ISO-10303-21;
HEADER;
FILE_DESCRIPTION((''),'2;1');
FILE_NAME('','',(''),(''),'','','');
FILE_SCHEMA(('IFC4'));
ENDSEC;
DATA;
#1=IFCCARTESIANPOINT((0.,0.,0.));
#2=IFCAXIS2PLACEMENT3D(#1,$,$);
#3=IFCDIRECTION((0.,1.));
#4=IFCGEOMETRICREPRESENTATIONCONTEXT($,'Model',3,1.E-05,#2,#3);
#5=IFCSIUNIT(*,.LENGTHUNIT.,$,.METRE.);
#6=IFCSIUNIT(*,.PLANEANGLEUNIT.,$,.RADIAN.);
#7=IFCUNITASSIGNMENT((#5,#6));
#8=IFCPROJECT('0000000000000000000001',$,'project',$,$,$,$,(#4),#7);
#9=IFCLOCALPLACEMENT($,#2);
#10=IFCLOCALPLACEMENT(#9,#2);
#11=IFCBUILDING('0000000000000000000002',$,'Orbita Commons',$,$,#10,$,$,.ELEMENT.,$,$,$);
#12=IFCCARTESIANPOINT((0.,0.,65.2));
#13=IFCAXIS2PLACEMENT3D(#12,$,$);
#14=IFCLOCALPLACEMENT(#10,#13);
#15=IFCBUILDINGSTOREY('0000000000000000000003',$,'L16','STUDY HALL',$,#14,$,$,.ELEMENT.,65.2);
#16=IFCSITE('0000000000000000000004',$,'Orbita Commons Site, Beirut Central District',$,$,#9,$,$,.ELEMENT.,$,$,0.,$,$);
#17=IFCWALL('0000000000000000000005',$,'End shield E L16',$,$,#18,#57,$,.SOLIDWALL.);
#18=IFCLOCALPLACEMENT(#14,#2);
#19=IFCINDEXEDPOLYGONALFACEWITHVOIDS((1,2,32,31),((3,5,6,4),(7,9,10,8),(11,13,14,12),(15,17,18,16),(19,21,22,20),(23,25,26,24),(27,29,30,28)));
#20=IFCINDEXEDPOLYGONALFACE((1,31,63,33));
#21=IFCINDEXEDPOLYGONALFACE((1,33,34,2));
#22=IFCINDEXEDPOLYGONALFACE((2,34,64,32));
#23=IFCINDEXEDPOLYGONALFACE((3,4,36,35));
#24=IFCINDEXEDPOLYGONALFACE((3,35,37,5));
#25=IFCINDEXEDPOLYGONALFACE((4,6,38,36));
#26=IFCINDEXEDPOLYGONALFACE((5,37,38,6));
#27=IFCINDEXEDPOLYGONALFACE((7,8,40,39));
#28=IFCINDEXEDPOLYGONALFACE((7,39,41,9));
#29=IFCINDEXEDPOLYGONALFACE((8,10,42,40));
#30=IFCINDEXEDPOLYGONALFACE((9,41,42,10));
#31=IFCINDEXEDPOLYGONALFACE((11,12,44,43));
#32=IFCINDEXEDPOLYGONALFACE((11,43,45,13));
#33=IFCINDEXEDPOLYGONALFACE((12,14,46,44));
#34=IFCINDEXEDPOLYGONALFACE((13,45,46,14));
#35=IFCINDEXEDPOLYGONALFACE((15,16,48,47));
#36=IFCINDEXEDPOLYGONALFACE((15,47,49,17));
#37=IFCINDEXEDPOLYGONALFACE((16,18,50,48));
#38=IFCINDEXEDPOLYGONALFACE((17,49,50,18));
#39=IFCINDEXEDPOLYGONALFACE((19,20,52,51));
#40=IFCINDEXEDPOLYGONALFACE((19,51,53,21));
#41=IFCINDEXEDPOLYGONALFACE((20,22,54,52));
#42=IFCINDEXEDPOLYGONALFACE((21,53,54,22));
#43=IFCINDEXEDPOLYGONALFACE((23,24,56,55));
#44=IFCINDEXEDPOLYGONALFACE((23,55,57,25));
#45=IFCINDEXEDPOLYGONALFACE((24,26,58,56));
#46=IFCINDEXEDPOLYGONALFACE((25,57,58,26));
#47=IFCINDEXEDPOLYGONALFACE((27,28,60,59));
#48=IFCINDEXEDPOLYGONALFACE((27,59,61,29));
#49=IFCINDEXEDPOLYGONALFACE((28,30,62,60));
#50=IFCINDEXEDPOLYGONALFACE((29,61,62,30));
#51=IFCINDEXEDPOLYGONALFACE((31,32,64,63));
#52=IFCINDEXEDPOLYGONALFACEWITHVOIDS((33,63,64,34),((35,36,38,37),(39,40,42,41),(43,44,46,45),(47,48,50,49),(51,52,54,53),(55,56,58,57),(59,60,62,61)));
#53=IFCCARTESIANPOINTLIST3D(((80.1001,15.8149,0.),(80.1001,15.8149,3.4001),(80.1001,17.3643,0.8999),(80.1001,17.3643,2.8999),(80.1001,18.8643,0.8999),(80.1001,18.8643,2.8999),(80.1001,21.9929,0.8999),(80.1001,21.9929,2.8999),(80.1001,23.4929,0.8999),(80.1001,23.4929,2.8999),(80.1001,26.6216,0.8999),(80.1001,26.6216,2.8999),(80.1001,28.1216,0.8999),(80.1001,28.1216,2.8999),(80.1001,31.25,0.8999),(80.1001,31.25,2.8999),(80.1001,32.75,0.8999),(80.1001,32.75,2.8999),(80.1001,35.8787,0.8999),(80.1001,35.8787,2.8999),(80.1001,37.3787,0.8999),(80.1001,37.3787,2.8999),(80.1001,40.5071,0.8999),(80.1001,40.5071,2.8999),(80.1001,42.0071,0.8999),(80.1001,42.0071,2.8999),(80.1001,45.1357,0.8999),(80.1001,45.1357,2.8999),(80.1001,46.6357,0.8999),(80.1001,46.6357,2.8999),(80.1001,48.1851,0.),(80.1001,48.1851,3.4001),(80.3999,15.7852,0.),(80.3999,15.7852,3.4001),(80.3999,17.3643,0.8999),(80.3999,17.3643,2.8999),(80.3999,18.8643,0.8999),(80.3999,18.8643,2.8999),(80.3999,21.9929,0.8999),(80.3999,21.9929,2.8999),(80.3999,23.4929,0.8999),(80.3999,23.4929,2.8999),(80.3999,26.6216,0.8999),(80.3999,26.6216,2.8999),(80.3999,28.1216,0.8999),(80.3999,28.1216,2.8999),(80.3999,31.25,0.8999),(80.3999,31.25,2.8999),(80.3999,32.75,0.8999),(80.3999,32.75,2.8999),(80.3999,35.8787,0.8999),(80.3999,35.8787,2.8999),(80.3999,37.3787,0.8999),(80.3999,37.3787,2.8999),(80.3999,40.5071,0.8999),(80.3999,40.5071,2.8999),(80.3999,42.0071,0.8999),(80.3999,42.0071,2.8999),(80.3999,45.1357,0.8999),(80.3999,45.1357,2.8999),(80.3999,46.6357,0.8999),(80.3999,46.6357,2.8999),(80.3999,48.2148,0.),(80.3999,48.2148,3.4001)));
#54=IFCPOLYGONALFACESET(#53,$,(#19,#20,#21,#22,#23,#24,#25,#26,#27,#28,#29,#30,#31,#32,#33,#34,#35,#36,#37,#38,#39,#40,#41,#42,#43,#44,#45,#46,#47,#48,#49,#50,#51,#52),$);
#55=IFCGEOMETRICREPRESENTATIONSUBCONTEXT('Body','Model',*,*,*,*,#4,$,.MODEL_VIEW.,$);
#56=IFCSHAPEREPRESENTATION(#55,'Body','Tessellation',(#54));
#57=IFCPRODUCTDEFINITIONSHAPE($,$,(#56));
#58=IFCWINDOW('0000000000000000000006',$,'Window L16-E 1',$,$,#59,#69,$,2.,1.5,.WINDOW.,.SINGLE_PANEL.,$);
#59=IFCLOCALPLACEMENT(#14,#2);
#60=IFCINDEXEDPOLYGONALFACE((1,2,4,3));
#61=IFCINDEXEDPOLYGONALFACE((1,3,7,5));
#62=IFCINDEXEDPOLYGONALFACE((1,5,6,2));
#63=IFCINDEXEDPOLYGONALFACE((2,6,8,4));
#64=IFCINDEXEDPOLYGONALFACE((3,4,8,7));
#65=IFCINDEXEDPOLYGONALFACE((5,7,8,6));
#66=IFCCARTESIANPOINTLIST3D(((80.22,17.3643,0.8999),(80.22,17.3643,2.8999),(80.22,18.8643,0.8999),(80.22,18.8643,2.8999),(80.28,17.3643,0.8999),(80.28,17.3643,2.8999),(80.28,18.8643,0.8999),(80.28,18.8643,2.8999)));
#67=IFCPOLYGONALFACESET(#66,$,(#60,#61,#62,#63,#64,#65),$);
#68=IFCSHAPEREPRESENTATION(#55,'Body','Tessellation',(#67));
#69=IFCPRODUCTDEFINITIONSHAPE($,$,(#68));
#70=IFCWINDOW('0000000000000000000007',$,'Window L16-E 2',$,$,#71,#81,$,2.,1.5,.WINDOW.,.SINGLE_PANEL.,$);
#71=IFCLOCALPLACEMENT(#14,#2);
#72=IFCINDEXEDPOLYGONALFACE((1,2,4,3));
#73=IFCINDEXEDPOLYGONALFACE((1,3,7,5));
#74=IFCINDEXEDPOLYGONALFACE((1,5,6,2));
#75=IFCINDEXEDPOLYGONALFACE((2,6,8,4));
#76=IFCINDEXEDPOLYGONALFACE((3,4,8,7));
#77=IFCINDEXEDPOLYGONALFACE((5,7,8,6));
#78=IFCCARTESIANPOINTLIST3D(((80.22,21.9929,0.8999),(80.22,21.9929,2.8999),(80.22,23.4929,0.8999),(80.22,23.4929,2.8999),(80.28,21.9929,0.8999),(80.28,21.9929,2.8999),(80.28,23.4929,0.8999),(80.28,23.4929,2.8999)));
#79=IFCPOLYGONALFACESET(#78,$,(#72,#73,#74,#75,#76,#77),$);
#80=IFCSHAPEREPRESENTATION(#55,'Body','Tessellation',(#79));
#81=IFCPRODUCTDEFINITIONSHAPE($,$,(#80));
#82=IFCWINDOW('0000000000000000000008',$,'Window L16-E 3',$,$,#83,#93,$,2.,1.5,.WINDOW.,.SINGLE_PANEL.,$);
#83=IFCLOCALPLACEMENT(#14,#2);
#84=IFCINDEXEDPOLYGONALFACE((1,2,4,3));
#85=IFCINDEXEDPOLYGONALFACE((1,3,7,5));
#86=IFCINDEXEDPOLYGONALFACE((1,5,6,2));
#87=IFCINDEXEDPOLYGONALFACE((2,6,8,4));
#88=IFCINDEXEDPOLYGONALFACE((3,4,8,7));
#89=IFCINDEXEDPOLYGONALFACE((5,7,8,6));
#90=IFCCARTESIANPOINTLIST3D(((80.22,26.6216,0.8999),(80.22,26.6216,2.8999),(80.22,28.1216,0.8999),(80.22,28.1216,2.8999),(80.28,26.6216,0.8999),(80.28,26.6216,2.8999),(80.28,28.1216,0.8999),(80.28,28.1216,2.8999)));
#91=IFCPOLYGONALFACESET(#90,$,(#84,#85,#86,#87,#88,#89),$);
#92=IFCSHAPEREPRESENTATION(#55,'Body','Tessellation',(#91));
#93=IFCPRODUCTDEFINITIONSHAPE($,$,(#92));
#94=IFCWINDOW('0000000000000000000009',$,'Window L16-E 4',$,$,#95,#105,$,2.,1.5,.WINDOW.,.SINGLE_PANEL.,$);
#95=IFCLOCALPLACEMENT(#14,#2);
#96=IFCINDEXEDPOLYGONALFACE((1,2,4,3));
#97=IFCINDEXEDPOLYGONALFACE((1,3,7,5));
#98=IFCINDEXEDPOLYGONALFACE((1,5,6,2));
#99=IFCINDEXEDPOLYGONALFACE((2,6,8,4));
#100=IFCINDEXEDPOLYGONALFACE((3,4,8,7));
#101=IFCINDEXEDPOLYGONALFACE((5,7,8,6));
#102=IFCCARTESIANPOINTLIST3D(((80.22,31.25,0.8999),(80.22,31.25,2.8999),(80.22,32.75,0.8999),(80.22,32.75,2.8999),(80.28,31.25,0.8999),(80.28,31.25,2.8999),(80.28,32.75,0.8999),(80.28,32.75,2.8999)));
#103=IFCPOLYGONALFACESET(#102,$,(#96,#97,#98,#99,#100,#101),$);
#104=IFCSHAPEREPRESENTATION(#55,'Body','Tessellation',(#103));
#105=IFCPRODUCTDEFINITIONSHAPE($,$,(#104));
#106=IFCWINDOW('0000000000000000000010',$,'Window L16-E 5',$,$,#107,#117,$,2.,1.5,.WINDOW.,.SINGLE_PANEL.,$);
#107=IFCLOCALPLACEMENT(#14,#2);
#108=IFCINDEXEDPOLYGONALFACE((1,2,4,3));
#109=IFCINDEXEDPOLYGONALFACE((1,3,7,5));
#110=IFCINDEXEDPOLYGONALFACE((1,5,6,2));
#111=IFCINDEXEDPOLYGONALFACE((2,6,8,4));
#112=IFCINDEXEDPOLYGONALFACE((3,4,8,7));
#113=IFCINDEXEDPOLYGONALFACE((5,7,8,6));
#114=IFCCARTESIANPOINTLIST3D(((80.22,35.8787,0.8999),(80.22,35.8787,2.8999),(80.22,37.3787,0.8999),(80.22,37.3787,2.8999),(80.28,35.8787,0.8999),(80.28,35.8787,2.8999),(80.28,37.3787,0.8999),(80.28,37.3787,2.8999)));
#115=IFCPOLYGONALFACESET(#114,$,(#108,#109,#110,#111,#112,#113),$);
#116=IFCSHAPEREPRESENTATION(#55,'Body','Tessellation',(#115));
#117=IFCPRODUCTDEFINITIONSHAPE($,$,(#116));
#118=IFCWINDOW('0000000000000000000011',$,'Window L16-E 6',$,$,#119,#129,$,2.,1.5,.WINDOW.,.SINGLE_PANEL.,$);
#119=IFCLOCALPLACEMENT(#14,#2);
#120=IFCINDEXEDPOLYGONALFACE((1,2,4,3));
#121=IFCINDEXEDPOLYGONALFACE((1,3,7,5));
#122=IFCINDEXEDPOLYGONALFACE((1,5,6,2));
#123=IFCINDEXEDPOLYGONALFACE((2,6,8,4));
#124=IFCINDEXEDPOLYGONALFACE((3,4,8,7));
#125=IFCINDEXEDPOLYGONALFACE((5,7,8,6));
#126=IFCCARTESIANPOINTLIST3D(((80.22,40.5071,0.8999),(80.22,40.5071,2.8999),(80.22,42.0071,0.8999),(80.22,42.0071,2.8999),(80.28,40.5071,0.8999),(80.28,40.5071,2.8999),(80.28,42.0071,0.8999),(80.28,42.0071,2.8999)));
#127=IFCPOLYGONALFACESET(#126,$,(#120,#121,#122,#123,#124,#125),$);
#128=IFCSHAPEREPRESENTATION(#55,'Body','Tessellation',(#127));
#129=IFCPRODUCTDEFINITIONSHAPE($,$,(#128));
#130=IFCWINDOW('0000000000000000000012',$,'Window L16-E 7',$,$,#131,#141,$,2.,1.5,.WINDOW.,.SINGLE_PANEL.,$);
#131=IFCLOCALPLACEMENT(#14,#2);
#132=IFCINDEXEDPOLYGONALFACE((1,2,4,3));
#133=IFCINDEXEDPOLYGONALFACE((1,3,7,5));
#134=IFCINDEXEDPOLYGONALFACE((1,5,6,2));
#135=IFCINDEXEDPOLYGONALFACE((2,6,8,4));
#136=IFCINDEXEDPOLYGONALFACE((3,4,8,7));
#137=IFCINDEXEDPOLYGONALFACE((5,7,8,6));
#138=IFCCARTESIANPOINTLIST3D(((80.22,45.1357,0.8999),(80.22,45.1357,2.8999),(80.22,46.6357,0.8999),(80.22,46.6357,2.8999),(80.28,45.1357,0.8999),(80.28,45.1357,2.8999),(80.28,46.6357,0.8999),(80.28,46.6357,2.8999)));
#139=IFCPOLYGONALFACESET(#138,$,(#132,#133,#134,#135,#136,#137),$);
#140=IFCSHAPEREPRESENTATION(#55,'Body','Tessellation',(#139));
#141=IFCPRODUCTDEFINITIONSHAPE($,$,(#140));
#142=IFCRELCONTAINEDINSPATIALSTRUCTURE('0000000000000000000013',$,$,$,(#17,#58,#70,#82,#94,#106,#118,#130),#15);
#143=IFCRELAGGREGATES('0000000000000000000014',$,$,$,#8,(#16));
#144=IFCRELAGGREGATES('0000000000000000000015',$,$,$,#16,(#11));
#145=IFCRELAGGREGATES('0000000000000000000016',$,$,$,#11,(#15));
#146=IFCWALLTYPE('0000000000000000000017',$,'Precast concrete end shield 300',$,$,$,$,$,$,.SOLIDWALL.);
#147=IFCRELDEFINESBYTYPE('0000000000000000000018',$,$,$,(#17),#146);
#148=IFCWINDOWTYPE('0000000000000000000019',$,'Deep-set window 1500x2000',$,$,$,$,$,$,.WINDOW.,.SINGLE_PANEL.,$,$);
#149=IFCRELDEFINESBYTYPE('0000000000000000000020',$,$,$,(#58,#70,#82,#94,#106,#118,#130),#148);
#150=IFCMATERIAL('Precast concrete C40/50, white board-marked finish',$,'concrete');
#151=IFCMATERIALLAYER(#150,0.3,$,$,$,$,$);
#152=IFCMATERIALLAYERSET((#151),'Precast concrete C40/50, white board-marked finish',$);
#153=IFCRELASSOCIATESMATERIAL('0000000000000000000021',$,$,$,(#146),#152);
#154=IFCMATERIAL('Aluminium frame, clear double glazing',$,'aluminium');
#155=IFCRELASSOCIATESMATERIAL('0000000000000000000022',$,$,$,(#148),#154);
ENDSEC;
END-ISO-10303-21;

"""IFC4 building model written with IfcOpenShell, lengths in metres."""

from ifc_helpers import new_model, si_unit, direction, frame, frame_2d, origin, place, context, subcontext, project, spatial, polyline, rectangle, outline, extrude, material, layer, layer_set, type_object, element, fill, save


model = new_model("IFC4")

# Units and contexts
model_context = context("Model", 3, precision=1e-05, world=origin(), true_north=direction((0.0, 1.0)))
body_context = subcontext(model_context, "Body", "Model", "MODEL_VIEW")
ifc_project = project(units=[si_unit("LENGTHUNIT", "METRE"), si_unit("PLANEANGLEUNIT", "RADIAN")], contexts=[model_context])

# Site, building, storey
site_placement = place(None, origin())
site = spatial("IfcSite", under=ifc_project, at=site_placement, Name="Orbita Commons Site, Beirut Central District", CompositionType="ELEMENT", RefElevation=0.0)
building_placement = place(site_placement, origin())
building = spatial("IfcBuilding", under=site, at=building_placement, Name="Orbita Commons", CompositionType="ELEMENT")
storey_placement = place(building_placement, frame((0.0, 0.0, 65.2)))
storey = spatial("IfcBuildingStorey", under=building, at=storey_placement, Name="L16", Description="STUDY HALL", CompositionType="ELEMENT", Elevation=65.2)

# Wall, openings, windows
ifc_material_1 = material(Name="Precast concrete C40/50, white board-marked finish", Category="concrete")
ifc_layer_1 = layer(ifc_material_1, 0.3)
ifc_layer_set_1 = layer_set([ifc_layer_1], Name="Precast concrete C40/50, white board-marked finish")
wall_type_1 = type_object("IfcWallType", Name="Precast concrete end shield 300", PredefinedType="SOLIDWALL", material=ifc_layer_set_1)
wall_1_placement = place(storey_placement, frame((80.25, 15.8, 0.0), z_axis=(0.0, 0.0, 1.0), x_axis=(0.0, 1.0, 0.0)))
wall_1 = element("IfcWall", 1, at=wall_1_placement, inside=storey, type_object=wall_type_1, Name="End shield E L16", PredefinedType="SOLIDWALL", context=body_context, shape_type="SweptSolid", body=[
    extrude(outline(polyline([(-0.0149, -0.1499), (32.4148, -0.1499), (32.385, 0.1499), (0.0149, 0.1499), (-0.0149, -0.1499)])), origin(), (0.0, 0.0, 1.0), 3.4001),
])
opening_1_placement = place(wall_1_placement, frame((1.5642, 0.0, 0.8999)))
opening_1 = element("IfcOpeningElement", 2, at=opening_1_placement, cuts=wall_1, PredefinedType="OPENING", context=body_context, shape_type="SweptSolid", body=[
    extrude(rectangle(XDim=1.5, YDim=2.0, at=frame_2d((0.75, 1.0))), frame((0.0, 0.1599, 0.0), z_axis=(0.0, -1.0, 0.0), x_axis=(1.0, 0.0, 0.0)), (0.0, 0.0, 1.0), 0.3201),
])
opening_2_placement = place(wall_1_placement, frame((6.1929, 0.0, 0.8999)))
opening_2 = element("IfcOpeningElement", 3, at=opening_2_placement, cuts=wall_1, PredefinedType="OPENING", context=body_context, shape_type="SweptSolid", body=[
    extrude(rectangle(XDim=1.5, YDim=2.0, at=frame_2d((0.75, 1.0))), frame((0.0, 0.1599, 0.0), z_axis=(0.0, -1.0, 0.0), x_axis=(1.0, 0.0, 0.0)), (0.0, 0.0, 1.0), 0.3201),
])
opening_3_placement = place(wall_1_placement, frame((10.8215, 0.0, 0.8999)))
opening_3 = element("IfcOpeningElement", 4, at=opening_3_placement, cuts=wall_1, PredefinedType="OPENING", context=body_context, shape_type="SweptSolid", body=[
    extrude(rectangle(XDim=1.5, YDim=2.0, at=frame_2d((0.75, 1.0))), frame((0.0, 0.1599, 0.0), z_axis=(0.0, -1.0, 0.0), x_axis=(1.0, 0.0, 0.0)), (0.0, 0.0, 1.0), 0.3201),
])
opening_4_placement = place(wall_1_placement, frame((15.45, 0.0, 0.8999)))
opening_4 = element("IfcOpeningElement", 5, at=opening_4_placement, cuts=wall_1, PredefinedType="OPENING", context=body_context, shape_type="SweptSolid", body=[
    extrude(rectangle(XDim=1.5, YDim=2.0, at=frame_2d((0.75, 1.0))), frame((0.0, 0.1599, 0.0), z_axis=(0.0, -1.0, 0.0), x_axis=(1.0, 0.0, 0.0)), (0.0, 0.0, 1.0), 0.3201),
])
opening_5_placement = place(wall_1_placement, frame((20.0786, 0.0, 0.8999)))
opening_5 = element("IfcOpeningElement", 6, at=opening_5_placement, cuts=wall_1, PredefinedType="OPENING", context=body_context, shape_type="SweptSolid", body=[
    extrude(rectangle(XDim=1.5, YDim=2.0, at=frame_2d((0.75, 1.0))), frame((0.0, 0.1599, 0.0), z_axis=(0.0, -1.0, 0.0), x_axis=(1.0, 0.0, 0.0)), (0.0, 0.0, 1.0), 0.3201),
])
opening_6_placement = place(wall_1_placement, frame((24.707, 0.0, 0.8999)))
opening_6 = element("IfcOpeningElement", 7, at=opening_6_placement, cuts=wall_1, PredefinedType="OPENING", context=body_context, shape_type="SweptSolid", body=[
    extrude(rectangle(XDim=1.5, YDim=2.0, at=frame_2d((0.75, 1.0))), frame((0.0, 0.1599, 0.0), z_axis=(0.0, -1.0, 0.0), x_axis=(1.0, 0.0, 0.0)), (0.0, 0.0, 1.0), 0.3201),
])
opening_7_placement = place(wall_1_placement, frame((29.3357, 0.0, 0.8999)))
opening_7 = element("IfcOpeningElement", 8, at=opening_7_placement, cuts=wall_1, PredefinedType="OPENING", context=body_context, shape_type="SweptSolid", body=[
    extrude(rectangle(XDim=1.5, YDim=2.0, at=frame_2d((0.75, 1.0))), frame((0.0, 0.1599, 0.0), z_axis=(0.0, -1.0, 0.0), x_axis=(1.0, 0.0, 0.0)), (0.0, 0.0, 1.0), 0.3201),
])
ifc_material_2 = material(Name="Aluminium frame, clear double glazing", Category="aluminium")
window_type = type_object("IfcWindowType", Name="Deep-set window 1500x2000", PartitioningType="SINGLE_PANEL", PredefinedType="WINDOW", material=ifc_material_2)
window_1_placement = place(opening_1_placement, origin())
window_1 = element("IfcWindow", 9, at=window_1_placement, inside=storey, type_object=window_type, Name="Window L16-E 1", OverallHeight=2.0, OverallWidth=1.5, PartitioningType="SINGLE_PANEL", PredefinedType="WINDOW", context=body_context, shape_type="SweptSolid", body=[
    extrude(rectangle(XDim=1.5, YDim=2.0, at=frame_2d((0.75, 1.0))), frame((0.0, 0.03, 0.0), z_axis=(0.0, -1.0, 0.0), x_axis=(1.0, 0.0, 0.0)), (0.0, 0.0, 1.0), 0.0601),
])
fill(opening_1, window_1)
window_2_placement = place(opening_2_placement, origin())
window_2 = element("IfcWindow", 10, at=window_2_placement, inside=storey, type_object=window_type, Name="Window L16-E 2", OverallHeight=2.0, OverallWidth=1.5, PartitioningType="SINGLE_PANEL", PredefinedType="WINDOW", context=body_context, shape_type="SweptSolid", body=[
    extrude(rectangle(XDim=1.5, YDim=2.0, at=frame_2d((0.75, 1.0))), frame((0.0, 0.03, 0.0), z_axis=(0.0, -1.0, 0.0), x_axis=(1.0, 0.0, 0.0)), (0.0, 0.0, 1.0), 0.0601),
])
fill(opening_2, window_2)
window_3_placement = place(opening_3_placement, origin())
window_3 = element("IfcWindow", 11, at=window_3_placement, inside=storey, type_object=window_type, Name="Window L16-E 3", OverallHeight=2.0, OverallWidth=1.5, PartitioningType="SINGLE_PANEL", PredefinedType="WINDOW", context=body_context, shape_type="SweptSolid", body=[
    extrude(rectangle(XDim=1.5, YDim=2.0, at=frame_2d((0.75, 1.0))), frame((0.0, 0.03, 0.0), z_axis=(0.0, -1.0, 0.0), x_axis=(1.0, 0.0, 0.0)), (0.0, 0.0, 1.0), 0.0601),
])
fill(opening_3, window_3)
window_4_placement = place(opening_4_placement, origin())
window_4 = element("IfcWindow", 12, at=window_4_placement, inside=storey, type_object=window_type, Name="Window L16-E 4", OverallHeight=2.0, OverallWidth=1.5, PartitioningType="SINGLE_PANEL", PredefinedType="WINDOW", context=body_context, shape_type="SweptSolid", body=[
    extrude(rectangle(XDim=1.5, YDim=2.0, at=frame_2d((0.75, 1.0))), frame((0.0, 0.03, 0.0), z_axis=(0.0, -1.0, 0.0), x_axis=(1.0, 0.0, 0.0)), (0.0, 0.0, 1.0), 0.0601),
])
fill(opening_4, window_4)
window_5_placement = place(opening_5_placement, origin())
window_5 = element("IfcWindow", 13, at=window_5_placement, inside=storey, type_object=window_type, Name="Window L16-E 5", OverallHeight=2.0, OverallWidth=1.5, PartitioningType="SINGLE_PANEL", PredefinedType="WINDOW", context=body_context, shape_type="SweptSolid", body=[
    extrude(rectangle(XDim=1.5, YDim=2.0, at=frame_2d((0.75, 1.0))), frame((0.0, 0.03, 0.0), z_axis=(0.0, -1.0, 0.0), x_axis=(1.0, 0.0, 0.0)), (0.0, 0.0, 1.0), 0.0601),
])
fill(opening_5, window_5)
window_6_placement = place(opening_6_placement, origin())
window_6 = element("IfcWindow", 14, at=window_6_placement, inside=storey, type_object=window_type, Name="Window L16-E 6", OverallHeight=2.0, OverallWidth=1.5, PartitioningType="SINGLE_PANEL", PredefinedType="WINDOW", context=body_context, shape_type="SweptSolid", body=[
    extrude(rectangle(XDim=1.5, YDim=2.0, at=frame_2d((0.75, 1.0))), frame((0.0, 0.03, 0.0), z_axis=(0.0, -1.0, 0.0), x_axis=(1.0, 0.0, 0.0)), (0.0, 0.0, 1.0), 0.0601),
])
fill(opening_6, window_6)
window_7_placement = place(opening_7_placement, origin())
window_7 = element("IfcWindow", 15, at=window_7_placement, inside=storey, type_object=window_type, Name="Window L16-E 7", OverallHeight=2.0, OverallWidth=1.5, PartitioningType="SINGLE_PANEL", PredefinedType="WINDOW", context=body_context, shape_type="SweptSolid", body=[
    extrude(rectangle(XDim=1.5, YDim=2.0, at=frame_2d((0.75, 1.0))), frame((0.0, 0.03, 0.0), z_axis=(0.0, -1.0, 0.0), x_axis=(1.0, 0.0, 0.0)), (0.0, 0.0, 1.0), 0.0601),
])
fill(opening_7, window_7)

save(model, "model.ifc")
